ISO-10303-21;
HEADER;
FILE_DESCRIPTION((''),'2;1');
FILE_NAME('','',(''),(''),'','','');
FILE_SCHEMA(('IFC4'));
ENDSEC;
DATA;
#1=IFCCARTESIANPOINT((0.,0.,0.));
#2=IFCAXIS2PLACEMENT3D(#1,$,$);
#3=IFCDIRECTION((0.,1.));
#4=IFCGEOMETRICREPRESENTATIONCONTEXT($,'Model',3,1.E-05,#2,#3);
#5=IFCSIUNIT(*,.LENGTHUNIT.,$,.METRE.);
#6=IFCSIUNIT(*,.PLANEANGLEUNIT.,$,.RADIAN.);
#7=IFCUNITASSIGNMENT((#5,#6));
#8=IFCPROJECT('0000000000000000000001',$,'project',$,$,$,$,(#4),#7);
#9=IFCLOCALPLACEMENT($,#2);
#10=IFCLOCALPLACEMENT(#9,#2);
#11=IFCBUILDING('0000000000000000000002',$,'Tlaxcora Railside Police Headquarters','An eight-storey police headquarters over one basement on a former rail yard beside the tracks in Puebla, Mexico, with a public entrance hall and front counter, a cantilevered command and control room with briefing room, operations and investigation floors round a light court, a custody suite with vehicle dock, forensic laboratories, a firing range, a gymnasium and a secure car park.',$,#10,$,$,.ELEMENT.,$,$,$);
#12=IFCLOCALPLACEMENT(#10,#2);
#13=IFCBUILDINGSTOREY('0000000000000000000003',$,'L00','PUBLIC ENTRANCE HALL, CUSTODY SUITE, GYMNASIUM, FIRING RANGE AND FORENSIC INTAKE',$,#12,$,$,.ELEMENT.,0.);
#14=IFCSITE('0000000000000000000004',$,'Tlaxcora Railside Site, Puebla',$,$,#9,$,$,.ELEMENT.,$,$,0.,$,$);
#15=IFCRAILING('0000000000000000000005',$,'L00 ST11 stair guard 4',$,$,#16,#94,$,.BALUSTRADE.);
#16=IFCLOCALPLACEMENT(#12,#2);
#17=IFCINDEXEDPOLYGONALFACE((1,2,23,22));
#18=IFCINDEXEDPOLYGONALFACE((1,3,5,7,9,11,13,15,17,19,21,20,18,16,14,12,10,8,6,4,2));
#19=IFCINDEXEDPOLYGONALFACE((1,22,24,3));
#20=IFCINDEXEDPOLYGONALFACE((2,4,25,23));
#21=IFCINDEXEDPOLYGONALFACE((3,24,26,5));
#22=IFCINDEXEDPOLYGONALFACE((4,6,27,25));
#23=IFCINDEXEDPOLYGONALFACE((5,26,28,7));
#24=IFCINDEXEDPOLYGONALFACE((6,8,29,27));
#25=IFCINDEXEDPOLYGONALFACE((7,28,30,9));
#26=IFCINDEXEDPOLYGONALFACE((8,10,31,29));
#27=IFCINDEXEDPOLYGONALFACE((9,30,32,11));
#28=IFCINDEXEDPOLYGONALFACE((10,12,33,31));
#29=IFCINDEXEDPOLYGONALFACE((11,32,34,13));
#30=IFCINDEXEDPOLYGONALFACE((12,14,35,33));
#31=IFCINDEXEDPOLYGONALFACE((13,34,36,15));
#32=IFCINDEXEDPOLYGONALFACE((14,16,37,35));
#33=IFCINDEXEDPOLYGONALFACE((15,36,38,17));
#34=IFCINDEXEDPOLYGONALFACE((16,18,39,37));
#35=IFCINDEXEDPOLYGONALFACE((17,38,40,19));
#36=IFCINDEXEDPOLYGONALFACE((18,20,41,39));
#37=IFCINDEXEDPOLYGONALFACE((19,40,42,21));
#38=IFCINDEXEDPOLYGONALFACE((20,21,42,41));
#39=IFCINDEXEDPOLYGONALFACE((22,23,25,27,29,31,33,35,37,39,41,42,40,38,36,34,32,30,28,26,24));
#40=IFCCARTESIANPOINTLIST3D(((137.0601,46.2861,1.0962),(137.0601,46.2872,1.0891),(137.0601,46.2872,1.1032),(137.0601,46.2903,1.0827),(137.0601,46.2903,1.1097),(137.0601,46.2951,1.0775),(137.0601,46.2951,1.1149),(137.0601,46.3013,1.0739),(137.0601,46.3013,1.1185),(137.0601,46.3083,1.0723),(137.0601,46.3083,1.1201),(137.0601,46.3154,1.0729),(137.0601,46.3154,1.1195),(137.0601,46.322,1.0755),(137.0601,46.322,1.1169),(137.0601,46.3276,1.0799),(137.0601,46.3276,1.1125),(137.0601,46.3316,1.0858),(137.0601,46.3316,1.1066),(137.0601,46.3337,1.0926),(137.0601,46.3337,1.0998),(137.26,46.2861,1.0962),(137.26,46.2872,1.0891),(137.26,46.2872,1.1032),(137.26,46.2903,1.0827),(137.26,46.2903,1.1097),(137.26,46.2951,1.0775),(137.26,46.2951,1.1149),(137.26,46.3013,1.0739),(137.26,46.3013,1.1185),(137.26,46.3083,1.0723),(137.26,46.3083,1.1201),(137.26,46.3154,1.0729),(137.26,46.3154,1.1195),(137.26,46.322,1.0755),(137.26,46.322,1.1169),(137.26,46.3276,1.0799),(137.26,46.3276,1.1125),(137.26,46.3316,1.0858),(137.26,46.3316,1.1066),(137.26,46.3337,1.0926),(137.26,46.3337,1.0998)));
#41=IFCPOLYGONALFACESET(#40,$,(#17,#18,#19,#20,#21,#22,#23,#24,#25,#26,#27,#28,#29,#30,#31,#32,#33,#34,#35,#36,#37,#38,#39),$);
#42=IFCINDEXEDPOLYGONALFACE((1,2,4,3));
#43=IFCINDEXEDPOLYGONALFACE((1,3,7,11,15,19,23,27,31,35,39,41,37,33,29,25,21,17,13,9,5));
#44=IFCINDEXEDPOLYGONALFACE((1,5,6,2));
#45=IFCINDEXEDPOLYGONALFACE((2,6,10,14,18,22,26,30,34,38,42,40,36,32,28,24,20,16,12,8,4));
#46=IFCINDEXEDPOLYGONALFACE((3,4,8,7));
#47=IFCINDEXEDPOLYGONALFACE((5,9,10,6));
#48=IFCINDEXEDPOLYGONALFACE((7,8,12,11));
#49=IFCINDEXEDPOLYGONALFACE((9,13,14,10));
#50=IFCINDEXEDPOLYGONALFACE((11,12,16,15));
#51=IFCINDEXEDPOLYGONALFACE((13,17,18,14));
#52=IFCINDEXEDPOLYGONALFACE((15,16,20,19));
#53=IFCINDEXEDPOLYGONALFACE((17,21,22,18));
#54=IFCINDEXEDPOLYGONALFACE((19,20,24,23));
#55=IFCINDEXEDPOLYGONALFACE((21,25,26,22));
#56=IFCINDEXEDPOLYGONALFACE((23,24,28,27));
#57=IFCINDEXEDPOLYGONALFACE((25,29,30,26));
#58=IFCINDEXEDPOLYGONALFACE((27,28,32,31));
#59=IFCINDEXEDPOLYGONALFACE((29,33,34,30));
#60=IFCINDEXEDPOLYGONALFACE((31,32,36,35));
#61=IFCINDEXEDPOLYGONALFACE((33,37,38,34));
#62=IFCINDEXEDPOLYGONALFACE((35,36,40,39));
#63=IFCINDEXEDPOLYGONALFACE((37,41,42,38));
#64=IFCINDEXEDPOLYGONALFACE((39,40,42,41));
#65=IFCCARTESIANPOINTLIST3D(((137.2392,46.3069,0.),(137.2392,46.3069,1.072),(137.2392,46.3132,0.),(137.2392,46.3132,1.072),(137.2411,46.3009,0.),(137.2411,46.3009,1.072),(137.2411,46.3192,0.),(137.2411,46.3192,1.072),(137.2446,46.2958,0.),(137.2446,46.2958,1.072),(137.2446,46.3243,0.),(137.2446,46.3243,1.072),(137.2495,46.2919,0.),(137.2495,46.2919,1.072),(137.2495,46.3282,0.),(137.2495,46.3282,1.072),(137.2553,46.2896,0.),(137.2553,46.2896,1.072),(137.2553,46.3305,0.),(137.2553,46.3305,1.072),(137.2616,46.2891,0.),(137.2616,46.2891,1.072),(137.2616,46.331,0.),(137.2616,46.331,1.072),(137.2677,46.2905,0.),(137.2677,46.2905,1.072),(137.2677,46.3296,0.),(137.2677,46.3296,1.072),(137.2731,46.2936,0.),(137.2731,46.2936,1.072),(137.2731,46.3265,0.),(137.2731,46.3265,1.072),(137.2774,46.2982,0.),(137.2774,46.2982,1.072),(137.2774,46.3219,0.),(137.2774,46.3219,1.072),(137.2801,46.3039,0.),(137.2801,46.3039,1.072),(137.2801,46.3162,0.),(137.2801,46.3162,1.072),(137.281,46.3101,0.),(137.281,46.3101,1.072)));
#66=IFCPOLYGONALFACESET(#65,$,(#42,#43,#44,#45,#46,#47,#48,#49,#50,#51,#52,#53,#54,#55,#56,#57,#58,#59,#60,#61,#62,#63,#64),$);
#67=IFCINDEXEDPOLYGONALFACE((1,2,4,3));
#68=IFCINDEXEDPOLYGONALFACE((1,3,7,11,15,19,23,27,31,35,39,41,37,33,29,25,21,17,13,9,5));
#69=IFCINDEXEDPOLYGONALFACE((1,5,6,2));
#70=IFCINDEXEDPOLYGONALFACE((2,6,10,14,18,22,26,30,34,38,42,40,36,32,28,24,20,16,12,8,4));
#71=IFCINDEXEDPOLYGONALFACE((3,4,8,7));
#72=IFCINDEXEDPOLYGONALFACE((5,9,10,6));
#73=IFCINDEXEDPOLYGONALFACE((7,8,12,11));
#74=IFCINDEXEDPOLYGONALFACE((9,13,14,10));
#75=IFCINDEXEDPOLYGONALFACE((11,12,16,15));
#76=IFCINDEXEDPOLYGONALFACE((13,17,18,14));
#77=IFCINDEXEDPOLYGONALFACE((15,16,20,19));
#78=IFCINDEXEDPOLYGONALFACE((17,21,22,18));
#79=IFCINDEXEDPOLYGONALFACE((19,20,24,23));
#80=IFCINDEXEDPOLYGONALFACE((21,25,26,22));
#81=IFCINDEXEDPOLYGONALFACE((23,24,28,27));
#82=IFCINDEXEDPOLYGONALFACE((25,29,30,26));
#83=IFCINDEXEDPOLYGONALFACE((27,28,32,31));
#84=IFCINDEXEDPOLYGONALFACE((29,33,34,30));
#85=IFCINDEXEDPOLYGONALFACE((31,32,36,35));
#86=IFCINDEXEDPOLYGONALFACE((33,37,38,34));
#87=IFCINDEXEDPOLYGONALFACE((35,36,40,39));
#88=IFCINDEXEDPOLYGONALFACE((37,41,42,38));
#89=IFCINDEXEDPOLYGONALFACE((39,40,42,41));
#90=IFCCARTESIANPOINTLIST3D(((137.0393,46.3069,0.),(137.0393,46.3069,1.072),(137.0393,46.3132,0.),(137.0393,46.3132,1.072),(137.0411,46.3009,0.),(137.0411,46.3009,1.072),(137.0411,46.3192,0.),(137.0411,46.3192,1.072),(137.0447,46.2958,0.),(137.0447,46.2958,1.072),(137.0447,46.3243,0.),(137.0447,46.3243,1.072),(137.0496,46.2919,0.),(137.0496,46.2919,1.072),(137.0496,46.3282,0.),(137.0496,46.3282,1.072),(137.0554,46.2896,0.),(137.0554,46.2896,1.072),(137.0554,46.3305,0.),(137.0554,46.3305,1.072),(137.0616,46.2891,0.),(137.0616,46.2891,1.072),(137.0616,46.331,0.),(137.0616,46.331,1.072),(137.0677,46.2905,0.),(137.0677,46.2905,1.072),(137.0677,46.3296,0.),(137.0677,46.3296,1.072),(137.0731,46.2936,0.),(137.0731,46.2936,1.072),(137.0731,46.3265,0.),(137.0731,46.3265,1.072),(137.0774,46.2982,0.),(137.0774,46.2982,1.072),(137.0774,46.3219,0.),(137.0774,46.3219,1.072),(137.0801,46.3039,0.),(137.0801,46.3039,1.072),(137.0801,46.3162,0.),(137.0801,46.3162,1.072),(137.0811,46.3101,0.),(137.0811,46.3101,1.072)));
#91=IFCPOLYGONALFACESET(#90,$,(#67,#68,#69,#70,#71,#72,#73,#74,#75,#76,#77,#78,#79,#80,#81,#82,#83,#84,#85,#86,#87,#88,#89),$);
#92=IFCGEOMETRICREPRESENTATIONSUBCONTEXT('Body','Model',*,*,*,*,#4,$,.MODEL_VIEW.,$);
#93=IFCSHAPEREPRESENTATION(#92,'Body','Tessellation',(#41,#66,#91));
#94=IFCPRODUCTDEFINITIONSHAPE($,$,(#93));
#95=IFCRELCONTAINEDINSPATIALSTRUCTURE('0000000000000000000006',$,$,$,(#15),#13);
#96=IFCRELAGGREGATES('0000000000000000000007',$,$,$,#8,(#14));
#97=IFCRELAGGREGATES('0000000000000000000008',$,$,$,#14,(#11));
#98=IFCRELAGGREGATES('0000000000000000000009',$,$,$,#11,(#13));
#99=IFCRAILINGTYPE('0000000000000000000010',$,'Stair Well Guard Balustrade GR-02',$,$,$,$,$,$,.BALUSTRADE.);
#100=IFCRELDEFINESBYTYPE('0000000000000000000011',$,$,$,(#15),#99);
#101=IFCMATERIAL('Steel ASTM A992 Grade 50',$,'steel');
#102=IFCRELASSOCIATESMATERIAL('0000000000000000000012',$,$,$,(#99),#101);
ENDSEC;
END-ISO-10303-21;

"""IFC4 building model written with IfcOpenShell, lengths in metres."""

from ifc_helpers import new_model, si_unit, direction, frame, origin, origin_2d, place, context, subcontext, project, spatial, circle, extrude, material, type_object, element, save


model = new_model("IFC4")

# Units and contexts
model_context = context("Model", 3, precision=1e-05, world=origin(), true_north=direction((0.0, 1.0)))
body_context = subcontext(model_context, "Body", "Model", "MODEL_VIEW")
ifc_project = project(units=[si_unit("LENGTHUNIT", "METRE"), si_unit("PLANEANGLEUNIT", "RADIAN")], contexts=[model_context])

# Site, building, storey
site_placement = place(None, origin())
site = spatial("IfcSite", under=ifc_project, at=site_placement, Name="Tlaxcora Railside Site, Puebla", CompositionType="ELEMENT", RefElevation=0.0)
building_placement = place(site_placement, origin())
building = spatial("IfcBuilding", under=site, at=building_placement, Name="Tlaxcora Railside Police Headquarters", Description="An eight-storey police headquarters over one basement on a former rail yard beside the tracks in Puebla, Mexico, with a public entrance hall and front counter, a cantilevered command and control room with briefing room, operations and investigation floors round a light court, a custody suite with vehicle dock, forensic laboratories, a firing range, a gymnasium and a secure car park.", CompositionType="ELEMENT")
storey_placement = place(building_placement, origin())
storey = spatial("IfcBuildingStorey", under=building, at=storey_placement, Name="L00", Description="PUBLIC ENTRANCE HALL, CUSTODY SUITE, GYMNASIUM, FIRING RANGE AND FORENSIC INTAKE", CompositionType="ELEMENT", Elevation=0.0)

# Shared definitions
ifc_material_1 = material(Name="Steel ASTM A992 Grade 50", Category="steel")

# Railing
railing_type_1 = type_object("IfcRailingType", Name="Stair Well Guard Balustrade GR-02", PredefinedType="BALUSTRADE", material=ifc_material_1)
railing_1_placement = place(storey_placement, frame((137.26, 46.3101, 0.0)))
element("IfcRailing", 1, at=railing_1_placement, inside=storey, type_object=railing_type_1, Name="L00 ST11 stair guard 4", PredefinedType="BALUSTRADE", context=body_context, shape_type="SweptSolid", body=[
    extrude(circle(Radius=0.0239, at=origin_2d()), frame((0.0, 0.0, 1.0962), z_axis=(-1.0, 0.0, 0.0), x_axis=(0.0, -1.0, 0.0)), (0.0, 0.0, 1.0), 0.2),
    extrude(circle(Radius=0.021, at=origin_2d()), origin(), (0.0, 0.0, 1.0), 1.072),
    extrude(circle(Radius=0.021, at=origin_2d()), frame((-0.2, 0.0, 0.0)), (0.0, 0.0, 1.0), 1.072),
])

save(model, "model.ifc")
